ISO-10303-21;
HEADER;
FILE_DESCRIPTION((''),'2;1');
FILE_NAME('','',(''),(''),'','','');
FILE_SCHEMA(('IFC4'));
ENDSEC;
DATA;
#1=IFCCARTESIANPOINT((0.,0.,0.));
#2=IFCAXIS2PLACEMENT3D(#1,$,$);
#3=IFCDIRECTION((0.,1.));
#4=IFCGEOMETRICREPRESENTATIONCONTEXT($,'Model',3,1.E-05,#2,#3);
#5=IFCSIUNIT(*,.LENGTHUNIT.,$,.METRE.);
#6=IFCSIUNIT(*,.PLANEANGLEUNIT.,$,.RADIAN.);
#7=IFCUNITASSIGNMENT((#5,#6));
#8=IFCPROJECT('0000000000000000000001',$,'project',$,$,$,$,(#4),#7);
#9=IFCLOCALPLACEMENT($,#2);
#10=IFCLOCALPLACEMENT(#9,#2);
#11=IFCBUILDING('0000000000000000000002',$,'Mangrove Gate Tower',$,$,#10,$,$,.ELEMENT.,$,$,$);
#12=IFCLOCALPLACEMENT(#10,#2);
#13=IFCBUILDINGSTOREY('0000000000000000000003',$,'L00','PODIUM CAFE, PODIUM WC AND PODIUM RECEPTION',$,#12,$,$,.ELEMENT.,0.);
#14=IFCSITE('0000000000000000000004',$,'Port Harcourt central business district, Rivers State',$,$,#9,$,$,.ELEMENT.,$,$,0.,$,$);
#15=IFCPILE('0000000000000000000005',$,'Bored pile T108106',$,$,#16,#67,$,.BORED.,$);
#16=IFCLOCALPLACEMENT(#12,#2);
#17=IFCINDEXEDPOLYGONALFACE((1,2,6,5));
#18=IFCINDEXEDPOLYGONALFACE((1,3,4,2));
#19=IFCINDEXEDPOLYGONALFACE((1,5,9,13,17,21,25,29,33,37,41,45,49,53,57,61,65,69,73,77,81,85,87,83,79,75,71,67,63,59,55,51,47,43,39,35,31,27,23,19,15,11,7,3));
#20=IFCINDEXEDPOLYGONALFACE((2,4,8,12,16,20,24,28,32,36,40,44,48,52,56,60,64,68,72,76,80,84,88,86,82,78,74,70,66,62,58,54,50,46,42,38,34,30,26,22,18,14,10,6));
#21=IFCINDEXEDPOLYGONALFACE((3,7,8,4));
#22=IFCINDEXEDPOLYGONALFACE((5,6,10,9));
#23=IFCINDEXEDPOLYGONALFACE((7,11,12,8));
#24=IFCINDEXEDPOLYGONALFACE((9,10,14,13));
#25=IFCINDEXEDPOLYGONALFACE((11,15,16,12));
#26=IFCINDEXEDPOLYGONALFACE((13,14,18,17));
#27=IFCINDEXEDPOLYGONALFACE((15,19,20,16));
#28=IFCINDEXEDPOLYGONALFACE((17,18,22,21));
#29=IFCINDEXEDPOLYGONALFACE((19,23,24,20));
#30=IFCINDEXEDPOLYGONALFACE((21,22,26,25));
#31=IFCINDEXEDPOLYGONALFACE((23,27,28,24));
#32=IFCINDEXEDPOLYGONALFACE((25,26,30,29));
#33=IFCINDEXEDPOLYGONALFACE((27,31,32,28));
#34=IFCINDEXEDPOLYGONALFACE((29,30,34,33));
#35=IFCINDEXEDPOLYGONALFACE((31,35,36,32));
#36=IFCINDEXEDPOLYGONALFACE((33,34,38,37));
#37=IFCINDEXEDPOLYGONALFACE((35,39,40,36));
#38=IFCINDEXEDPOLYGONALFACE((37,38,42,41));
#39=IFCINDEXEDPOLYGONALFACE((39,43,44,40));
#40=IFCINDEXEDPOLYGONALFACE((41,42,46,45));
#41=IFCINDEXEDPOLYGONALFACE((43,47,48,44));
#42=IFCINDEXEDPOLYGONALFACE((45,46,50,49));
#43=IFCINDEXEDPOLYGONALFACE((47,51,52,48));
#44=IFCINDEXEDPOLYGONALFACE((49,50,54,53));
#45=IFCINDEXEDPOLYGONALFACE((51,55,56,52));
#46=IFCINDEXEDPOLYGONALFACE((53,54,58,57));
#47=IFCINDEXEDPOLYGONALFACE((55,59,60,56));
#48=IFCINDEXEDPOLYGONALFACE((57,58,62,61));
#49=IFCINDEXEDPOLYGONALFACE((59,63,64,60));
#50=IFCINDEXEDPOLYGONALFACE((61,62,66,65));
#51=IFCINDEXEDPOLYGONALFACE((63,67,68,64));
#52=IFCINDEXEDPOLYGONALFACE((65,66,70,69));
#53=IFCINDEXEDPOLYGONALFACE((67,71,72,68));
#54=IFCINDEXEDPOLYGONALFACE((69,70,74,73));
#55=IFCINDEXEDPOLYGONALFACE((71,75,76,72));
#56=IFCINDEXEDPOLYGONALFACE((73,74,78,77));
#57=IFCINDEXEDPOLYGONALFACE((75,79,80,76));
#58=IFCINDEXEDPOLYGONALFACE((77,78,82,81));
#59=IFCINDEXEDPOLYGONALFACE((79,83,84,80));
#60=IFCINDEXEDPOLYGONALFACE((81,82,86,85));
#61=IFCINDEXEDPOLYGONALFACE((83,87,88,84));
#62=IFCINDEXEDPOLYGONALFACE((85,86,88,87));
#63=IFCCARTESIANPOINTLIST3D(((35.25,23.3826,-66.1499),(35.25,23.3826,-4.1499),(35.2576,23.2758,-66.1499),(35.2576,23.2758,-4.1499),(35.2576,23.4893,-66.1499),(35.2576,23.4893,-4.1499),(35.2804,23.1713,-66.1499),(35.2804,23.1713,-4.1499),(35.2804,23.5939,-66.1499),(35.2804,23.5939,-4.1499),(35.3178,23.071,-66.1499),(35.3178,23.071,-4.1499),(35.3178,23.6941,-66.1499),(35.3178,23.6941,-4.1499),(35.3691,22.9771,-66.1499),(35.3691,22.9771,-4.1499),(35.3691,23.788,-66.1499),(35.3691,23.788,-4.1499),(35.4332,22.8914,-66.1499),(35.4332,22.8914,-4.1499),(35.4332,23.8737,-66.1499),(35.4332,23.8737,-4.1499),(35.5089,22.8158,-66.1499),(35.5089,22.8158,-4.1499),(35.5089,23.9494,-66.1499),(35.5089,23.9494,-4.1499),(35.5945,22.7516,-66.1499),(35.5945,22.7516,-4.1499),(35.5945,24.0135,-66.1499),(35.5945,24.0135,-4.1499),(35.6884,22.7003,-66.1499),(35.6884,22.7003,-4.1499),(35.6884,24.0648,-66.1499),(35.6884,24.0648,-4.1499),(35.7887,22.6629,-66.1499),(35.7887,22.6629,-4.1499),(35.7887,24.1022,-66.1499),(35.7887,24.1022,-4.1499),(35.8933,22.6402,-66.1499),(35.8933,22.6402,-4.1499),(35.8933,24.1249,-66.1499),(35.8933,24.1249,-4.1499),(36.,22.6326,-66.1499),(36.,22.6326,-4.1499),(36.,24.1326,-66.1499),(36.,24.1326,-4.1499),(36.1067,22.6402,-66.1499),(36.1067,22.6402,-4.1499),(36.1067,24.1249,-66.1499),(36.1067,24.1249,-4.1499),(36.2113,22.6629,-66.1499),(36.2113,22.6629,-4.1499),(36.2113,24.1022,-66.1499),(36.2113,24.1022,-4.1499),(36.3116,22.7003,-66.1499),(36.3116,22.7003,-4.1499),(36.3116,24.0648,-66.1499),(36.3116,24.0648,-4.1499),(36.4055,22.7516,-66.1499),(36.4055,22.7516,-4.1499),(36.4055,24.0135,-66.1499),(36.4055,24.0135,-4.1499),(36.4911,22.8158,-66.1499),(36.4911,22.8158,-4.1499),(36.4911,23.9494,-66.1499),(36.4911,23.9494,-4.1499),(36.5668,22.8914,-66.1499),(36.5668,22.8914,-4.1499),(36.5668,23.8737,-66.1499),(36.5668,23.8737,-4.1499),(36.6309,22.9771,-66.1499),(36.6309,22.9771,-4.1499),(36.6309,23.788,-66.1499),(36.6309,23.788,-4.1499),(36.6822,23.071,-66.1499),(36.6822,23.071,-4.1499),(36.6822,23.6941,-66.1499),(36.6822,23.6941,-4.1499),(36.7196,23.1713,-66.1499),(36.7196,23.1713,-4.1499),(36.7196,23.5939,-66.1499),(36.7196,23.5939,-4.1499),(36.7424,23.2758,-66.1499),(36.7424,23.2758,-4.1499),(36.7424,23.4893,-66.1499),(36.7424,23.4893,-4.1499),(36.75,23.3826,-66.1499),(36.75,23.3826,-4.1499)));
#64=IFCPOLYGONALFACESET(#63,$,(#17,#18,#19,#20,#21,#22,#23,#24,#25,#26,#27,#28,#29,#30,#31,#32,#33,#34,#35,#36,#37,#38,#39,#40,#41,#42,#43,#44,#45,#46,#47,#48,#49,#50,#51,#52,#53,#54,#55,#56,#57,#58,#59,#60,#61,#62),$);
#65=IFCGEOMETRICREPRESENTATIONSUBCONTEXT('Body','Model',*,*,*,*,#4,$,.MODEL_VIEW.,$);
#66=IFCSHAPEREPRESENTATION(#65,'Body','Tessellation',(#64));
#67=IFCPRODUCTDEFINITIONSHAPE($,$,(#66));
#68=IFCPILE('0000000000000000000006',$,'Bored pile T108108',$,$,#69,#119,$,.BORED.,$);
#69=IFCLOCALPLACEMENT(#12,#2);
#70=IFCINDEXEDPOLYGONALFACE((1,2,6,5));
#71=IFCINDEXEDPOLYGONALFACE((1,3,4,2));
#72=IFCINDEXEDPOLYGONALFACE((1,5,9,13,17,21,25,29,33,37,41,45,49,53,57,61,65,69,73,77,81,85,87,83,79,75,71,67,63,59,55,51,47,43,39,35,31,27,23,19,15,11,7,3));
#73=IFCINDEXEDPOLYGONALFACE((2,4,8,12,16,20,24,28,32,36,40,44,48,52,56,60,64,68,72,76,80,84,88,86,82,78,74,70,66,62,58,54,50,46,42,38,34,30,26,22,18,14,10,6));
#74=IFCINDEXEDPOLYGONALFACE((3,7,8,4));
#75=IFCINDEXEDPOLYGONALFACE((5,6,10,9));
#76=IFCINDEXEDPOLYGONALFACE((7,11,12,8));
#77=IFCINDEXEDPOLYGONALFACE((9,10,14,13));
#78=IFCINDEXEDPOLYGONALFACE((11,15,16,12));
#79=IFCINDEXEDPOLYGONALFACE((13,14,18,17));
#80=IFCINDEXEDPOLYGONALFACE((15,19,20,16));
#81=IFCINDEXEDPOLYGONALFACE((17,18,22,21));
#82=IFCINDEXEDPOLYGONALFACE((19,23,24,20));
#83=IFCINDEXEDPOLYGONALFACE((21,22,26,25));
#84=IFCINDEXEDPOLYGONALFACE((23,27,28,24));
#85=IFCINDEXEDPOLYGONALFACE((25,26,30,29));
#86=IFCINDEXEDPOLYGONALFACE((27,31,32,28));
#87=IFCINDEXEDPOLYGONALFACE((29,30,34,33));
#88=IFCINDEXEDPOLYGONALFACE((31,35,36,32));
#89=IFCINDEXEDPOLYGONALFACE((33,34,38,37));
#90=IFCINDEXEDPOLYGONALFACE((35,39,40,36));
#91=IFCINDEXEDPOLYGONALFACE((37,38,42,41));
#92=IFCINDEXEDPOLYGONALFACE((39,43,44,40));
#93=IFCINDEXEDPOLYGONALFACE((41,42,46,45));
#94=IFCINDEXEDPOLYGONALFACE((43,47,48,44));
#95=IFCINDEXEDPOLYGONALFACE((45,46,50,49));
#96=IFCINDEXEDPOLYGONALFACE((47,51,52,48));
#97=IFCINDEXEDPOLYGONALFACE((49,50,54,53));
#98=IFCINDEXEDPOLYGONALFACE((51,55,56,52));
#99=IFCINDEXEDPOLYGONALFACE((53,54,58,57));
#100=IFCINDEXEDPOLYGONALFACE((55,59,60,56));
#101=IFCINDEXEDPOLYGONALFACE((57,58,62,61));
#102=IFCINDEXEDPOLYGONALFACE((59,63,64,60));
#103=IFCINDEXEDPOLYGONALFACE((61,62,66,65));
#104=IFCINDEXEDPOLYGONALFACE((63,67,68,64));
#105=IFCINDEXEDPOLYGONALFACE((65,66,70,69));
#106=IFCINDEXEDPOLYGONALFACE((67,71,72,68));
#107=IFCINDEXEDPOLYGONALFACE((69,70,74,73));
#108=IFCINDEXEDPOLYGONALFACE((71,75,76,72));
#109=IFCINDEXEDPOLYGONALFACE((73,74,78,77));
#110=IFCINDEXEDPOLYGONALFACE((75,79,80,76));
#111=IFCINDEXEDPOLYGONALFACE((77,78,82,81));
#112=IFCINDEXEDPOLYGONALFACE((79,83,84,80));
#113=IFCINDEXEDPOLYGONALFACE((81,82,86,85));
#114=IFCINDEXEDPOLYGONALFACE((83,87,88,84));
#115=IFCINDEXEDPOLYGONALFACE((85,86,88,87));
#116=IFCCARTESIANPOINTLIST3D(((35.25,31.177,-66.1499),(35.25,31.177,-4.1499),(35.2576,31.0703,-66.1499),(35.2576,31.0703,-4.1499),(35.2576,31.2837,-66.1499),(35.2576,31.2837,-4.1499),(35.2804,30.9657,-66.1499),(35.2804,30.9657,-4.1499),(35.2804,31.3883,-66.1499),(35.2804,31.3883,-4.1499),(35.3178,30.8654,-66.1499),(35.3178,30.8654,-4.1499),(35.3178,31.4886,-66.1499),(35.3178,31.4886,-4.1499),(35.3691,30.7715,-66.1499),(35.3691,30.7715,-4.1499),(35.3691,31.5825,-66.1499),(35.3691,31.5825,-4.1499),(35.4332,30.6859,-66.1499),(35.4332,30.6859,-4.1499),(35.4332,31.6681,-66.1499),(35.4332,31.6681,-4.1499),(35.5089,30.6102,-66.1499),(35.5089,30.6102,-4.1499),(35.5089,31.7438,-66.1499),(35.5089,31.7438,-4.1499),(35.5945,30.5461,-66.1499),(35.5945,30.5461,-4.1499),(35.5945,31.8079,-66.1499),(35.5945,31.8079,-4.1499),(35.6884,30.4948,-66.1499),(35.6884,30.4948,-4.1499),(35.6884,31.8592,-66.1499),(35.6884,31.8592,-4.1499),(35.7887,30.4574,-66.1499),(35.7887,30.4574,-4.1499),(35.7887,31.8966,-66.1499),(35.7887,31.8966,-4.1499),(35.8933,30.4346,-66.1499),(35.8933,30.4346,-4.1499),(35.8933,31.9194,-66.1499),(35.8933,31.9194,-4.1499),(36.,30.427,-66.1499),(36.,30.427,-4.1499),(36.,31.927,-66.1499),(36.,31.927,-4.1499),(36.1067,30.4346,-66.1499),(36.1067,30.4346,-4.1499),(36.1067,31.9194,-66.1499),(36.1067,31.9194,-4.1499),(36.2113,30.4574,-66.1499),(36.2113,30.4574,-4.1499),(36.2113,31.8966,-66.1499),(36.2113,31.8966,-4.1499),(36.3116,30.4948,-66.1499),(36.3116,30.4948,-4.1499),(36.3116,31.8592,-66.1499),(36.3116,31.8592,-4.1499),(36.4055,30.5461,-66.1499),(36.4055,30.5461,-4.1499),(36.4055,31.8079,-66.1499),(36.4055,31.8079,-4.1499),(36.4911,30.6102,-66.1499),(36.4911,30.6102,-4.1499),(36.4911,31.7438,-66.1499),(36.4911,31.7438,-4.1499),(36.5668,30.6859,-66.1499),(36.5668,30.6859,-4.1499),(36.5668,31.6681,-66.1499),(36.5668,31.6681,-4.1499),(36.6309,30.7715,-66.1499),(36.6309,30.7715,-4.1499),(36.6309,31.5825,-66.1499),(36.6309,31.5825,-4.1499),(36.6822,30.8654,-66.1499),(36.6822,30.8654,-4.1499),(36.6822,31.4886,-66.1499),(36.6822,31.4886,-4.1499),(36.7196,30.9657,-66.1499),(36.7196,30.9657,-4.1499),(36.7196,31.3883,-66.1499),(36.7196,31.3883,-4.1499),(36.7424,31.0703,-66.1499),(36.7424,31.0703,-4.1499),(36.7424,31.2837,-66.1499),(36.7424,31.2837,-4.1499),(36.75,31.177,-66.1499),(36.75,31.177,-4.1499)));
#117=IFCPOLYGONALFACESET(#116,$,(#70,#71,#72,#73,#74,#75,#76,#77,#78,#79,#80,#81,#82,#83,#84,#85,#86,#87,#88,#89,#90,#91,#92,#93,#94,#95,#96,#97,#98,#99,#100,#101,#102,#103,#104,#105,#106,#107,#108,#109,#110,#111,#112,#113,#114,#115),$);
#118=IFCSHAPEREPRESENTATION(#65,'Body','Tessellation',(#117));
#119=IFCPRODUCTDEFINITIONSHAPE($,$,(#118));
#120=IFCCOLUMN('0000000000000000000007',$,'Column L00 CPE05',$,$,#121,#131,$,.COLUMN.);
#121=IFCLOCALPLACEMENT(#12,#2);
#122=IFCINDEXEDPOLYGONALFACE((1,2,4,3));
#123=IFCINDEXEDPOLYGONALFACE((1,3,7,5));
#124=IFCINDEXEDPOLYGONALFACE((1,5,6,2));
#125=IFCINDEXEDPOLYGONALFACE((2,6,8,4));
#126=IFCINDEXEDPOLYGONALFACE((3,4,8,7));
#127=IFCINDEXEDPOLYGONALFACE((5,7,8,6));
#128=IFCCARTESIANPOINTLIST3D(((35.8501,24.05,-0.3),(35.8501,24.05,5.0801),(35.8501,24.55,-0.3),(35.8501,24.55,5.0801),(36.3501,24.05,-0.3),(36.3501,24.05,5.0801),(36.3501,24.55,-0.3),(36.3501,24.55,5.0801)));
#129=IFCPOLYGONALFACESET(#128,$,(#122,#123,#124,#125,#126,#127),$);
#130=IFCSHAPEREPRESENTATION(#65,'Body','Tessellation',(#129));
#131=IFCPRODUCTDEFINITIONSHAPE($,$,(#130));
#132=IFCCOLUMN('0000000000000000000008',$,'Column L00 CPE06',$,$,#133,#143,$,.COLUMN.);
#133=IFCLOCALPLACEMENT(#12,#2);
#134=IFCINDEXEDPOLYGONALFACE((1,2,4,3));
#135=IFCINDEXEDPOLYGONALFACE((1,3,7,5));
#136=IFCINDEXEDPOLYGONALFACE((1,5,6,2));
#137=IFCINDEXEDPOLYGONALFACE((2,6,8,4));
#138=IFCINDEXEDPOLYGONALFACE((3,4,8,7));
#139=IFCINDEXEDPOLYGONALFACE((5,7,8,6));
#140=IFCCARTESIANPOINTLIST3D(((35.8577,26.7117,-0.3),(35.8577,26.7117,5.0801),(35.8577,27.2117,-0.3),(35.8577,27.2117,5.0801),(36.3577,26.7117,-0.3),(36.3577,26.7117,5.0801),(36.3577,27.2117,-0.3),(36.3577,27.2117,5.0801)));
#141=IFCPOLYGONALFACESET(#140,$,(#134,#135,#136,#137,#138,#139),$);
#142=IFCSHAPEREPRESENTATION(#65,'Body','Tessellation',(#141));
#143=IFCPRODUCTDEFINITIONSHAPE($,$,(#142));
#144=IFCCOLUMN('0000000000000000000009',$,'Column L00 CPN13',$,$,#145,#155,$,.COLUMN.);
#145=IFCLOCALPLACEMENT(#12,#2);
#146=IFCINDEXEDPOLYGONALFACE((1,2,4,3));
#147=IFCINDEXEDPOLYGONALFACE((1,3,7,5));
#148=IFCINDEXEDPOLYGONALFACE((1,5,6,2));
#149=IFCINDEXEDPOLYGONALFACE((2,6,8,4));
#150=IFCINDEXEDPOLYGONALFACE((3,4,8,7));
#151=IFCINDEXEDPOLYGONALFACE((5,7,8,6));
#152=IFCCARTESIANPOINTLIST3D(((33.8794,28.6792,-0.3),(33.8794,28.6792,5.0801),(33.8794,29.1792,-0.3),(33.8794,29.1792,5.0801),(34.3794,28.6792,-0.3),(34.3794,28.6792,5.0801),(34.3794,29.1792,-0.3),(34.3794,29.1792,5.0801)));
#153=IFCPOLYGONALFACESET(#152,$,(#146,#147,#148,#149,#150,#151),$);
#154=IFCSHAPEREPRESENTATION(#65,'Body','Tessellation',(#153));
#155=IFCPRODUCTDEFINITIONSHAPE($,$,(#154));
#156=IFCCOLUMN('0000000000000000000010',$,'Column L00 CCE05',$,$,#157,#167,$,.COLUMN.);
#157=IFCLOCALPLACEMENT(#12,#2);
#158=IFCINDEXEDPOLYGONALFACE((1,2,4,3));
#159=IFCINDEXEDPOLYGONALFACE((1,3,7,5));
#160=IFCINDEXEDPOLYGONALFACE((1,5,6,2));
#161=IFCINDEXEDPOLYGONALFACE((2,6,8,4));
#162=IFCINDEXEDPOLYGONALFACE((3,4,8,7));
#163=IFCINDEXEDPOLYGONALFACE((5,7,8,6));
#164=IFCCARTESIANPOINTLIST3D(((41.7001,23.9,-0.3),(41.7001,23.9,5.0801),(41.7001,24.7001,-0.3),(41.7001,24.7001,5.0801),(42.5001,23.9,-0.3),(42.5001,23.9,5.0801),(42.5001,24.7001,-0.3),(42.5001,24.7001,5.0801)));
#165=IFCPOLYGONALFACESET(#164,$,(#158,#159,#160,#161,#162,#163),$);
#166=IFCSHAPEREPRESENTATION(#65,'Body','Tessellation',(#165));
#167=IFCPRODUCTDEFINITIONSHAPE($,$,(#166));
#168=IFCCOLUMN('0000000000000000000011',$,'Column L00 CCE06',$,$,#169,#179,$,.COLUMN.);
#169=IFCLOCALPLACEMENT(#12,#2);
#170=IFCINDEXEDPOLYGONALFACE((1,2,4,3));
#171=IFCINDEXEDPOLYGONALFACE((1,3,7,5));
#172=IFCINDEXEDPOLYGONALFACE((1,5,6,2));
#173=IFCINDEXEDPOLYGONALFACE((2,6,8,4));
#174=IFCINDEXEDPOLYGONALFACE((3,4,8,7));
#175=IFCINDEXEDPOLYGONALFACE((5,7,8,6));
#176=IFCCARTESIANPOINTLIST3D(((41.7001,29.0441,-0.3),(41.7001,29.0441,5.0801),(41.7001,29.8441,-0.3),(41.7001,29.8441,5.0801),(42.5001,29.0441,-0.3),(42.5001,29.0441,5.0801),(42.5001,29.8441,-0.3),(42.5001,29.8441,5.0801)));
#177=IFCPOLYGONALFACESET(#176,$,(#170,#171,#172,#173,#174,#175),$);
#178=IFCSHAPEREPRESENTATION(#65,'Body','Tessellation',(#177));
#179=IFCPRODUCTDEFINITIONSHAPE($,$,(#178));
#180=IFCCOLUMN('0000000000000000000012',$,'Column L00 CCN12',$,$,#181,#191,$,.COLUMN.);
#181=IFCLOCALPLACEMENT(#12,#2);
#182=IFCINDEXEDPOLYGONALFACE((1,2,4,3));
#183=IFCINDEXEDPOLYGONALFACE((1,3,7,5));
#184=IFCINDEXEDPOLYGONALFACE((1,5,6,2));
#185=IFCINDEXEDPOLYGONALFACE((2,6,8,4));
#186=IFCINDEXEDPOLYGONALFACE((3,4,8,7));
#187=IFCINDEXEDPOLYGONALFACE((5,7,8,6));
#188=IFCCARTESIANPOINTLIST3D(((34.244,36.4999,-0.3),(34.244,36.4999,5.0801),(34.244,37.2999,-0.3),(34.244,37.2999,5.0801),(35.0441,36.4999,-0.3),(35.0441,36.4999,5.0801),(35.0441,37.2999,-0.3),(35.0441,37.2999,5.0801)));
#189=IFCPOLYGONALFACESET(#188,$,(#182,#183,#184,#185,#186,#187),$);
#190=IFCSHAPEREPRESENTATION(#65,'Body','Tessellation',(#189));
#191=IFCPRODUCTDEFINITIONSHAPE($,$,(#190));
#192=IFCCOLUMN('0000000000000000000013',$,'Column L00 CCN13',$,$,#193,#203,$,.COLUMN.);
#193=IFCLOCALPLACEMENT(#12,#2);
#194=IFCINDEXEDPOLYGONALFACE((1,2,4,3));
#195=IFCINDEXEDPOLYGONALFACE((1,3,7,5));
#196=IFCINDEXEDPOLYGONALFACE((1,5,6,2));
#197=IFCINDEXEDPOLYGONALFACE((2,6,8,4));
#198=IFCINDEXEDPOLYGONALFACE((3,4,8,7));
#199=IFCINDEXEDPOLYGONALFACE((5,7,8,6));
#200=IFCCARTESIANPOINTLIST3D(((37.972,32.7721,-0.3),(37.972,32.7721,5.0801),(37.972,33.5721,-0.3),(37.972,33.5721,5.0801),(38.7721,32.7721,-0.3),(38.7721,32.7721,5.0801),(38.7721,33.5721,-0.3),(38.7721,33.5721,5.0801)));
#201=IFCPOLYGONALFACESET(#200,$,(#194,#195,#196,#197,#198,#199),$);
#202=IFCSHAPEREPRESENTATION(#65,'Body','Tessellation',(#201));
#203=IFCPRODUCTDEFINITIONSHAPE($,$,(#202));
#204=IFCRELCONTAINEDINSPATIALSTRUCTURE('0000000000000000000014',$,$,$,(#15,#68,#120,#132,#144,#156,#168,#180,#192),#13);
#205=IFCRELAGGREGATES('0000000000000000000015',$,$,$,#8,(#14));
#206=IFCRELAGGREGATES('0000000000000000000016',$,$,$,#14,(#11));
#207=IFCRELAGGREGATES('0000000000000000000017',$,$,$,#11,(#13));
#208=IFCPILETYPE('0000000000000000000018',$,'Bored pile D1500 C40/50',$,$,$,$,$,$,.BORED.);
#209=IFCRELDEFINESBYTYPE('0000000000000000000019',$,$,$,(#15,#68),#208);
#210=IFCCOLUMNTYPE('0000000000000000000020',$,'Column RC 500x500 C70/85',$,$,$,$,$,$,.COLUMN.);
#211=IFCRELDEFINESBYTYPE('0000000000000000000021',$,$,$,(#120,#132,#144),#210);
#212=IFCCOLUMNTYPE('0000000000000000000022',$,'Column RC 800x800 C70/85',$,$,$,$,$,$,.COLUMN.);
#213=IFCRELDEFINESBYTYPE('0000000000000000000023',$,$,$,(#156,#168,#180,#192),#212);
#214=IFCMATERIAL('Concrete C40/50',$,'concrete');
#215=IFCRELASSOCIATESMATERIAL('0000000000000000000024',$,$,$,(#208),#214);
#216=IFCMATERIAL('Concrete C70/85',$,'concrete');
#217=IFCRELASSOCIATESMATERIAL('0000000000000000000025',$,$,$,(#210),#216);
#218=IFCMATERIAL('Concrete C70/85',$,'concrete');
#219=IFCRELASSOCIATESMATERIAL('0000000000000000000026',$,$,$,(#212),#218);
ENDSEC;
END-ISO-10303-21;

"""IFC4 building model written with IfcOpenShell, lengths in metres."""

from ifc_helpers import new_model, si_unit, direction, frame, origin, origin_2d, place, context, subcontext, project, spatial, rectangle, circle, extrude, material, material_profile, profile_set, type_object, element, save


model = new_model("IFC4")

# Units and contexts
model_context = context("Model", 3, precision=1e-05, world=origin(), true_north=direction((0.0, 1.0)))
body_context = subcontext(model_context, "Body", "Model", "MODEL_VIEW")
ifc_project = project(units=[si_unit("LENGTHUNIT", "METRE"), si_unit("PLANEANGLEUNIT", "RADIAN")], contexts=[model_context])

# Site, building, storey
site_placement = place(None, origin())
site = spatial("IfcSite", under=ifc_project, at=site_placement, Name="Port Harcourt central business district, Rivers State", CompositionType="ELEMENT", RefElevation=0.0)
building_placement = place(site_placement, origin())
building = spatial("IfcBuilding", under=site, at=building_placement, Name="Mangrove Gate Tower", CompositionType="ELEMENT")
storey_placement = place(building_placement, origin())
storey = spatial("IfcBuildingStorey", under=building, at=storey_placement, Name="L00", Description="PODIUM CAFE, PODIUM WC AND PODIUM RECEPTION", CompositionType="ELEMENT", Elevation=0.0)

# Piles
ifc_material_1 = material(Name="Concrete C40/50", Category="concrete")
ifc_material_profile_1 = material_profile(ifc_material_1, circle(Radius=0.75, at=origin_2d()))
ifc_profile_set_1 = profile_set([ifc_material_profile_1], Name="Concrete C40/50")
pile_type = type_object("IfcPileType", Name="Bored pile D1500 C40/50", PredefinedType="BORED", material=ifc_profile_set_1)
for number, where, z_axis, x_axis, name in (
    (1, (36.0, 23.3826, -4.1499), (0.0, 0.0, -1.0), (1.0, 0.0, 0.0), "Bored pile T108106"),
    (2, (36.0, 31.177, -4.1499), (0.0, 0.0, -1.0), (1.0, 0.0, 0.0), "Bored pile T108108"),
):
    element("IfcPile", number, at=place(storey_placement, frame(where, z_axis=z_axis, x_axis=x_axis)), inside=storey, type_object=pile_type, Name=name, PredefinedType="BORED", context=body_context, shape_type="SweptSolid", body=[
        extrude(circle(Radius=0.75, at=origin_2d()), origin(), (0.0, 0.0, 1.0), 62.0),
    ])

# Columns
ifc_material_2 = material(Name="Concrete C70/85", Category="concrete")
ifc_material_profile_2 = material_profile(ifc_material_2, rectangle(XDim=0.5, YDim=0.5, at=origin_2d()))
ifc_profile_set_2 = profile_set([ifc_material_profile_2], Name="Concrete C70/85")
column_type_1 = type_object("IfcColumnType", Name="Column RC 500x500 C70/85", PredefinedType="COLUMN", material=ifc_profile_set_2)
for number, where, z_axis, x_axis, name in (
    (3, (36.1001, 24.3, -0.3), (0.0, 0.0, 1.0), (1.0, 0.0, 0.0), "Column L00 CPE05"),
    (4, (36.1077, 26.9617, -0.3), (0.0, 0.0, 1.0), (1.0, 0.0, 0.0), "Column L00 CPE06"),
    (5, (34.1294, 28.9292, -0.3), (0.0, 0.0, 1.0), (1.0, 0.0, 0.0), "Column L00 CPN13"),
):
    element("IfcColumn", number, at=place(storey_placement, frame(where, z_axis=z_axis, x_axis=x_axis)), inside=storey, type_object=column_type_1, Name=name, PredefinedType="COLUMN", context=body_context, shape_type="SweptSolid", body=[
        extrude(rectangle(XDim=0.5, YDim=0.5, at=origin_2d()), origin(), (0.0, 0.0, 1.0), 5.3801),
    ])
ifc_material_3 = material(Name="Concrete C70/85", Category="concrete")
ifc_material_profile_3 = material_profile(ifc_material_3, rectangle(XDim=0.8, YDim=0.8, at=origin_2d()))
ifc_profile_set_3 = profile_set([ifc_material_profile_3], Name="Concrete C70/85")
column_type_2 = type_object("IfcColumnType", Name="Column RC 800x800 C70/85", PredefinedType="COLUMN", material=ifc_profile_set_3)
for number, where, z_axis, x_axis, name in (
    (6, (42.1001, 24.3, -0.3), (0.0, 0.0, 1.0), (1.0, 0.0, 0.0), "Column L00 CCE05"),
    (7, (42.1001, 29.4441, -0.3), (0.0, 0.0, 1.0), (1.0, 0.0, 0.0), "Column L00 CCE06"),
    (8, (34.644, 36.8999, -0.3), (0.0, 0.0, 1.0), (1.0, 0.0, 0.0), "Column L00 CCN12"),
    (9, (38.3721, 33.1721, -0.3), (0.0, 0.0, 1.0), (1.0, 0.0, 0.0), "Column L00 CCN13"),
):
    element("IfcColumn", number, at=place(storey_placement, frame(where, z_axis=z_axis, x_axis=x_axis)), inside=storey, type_object=column_type_2, Name=name, PredefinedType="COLUMN", context=body_context, shape_type="SweptSolid", body=[
        extrude(rectangle(XDim=0.8, YDim=0.8, at=origin_2d()), origin(), (0.0, 0.0, 1.0), 5.3801),
    ])

save(model, "model.ifc")
